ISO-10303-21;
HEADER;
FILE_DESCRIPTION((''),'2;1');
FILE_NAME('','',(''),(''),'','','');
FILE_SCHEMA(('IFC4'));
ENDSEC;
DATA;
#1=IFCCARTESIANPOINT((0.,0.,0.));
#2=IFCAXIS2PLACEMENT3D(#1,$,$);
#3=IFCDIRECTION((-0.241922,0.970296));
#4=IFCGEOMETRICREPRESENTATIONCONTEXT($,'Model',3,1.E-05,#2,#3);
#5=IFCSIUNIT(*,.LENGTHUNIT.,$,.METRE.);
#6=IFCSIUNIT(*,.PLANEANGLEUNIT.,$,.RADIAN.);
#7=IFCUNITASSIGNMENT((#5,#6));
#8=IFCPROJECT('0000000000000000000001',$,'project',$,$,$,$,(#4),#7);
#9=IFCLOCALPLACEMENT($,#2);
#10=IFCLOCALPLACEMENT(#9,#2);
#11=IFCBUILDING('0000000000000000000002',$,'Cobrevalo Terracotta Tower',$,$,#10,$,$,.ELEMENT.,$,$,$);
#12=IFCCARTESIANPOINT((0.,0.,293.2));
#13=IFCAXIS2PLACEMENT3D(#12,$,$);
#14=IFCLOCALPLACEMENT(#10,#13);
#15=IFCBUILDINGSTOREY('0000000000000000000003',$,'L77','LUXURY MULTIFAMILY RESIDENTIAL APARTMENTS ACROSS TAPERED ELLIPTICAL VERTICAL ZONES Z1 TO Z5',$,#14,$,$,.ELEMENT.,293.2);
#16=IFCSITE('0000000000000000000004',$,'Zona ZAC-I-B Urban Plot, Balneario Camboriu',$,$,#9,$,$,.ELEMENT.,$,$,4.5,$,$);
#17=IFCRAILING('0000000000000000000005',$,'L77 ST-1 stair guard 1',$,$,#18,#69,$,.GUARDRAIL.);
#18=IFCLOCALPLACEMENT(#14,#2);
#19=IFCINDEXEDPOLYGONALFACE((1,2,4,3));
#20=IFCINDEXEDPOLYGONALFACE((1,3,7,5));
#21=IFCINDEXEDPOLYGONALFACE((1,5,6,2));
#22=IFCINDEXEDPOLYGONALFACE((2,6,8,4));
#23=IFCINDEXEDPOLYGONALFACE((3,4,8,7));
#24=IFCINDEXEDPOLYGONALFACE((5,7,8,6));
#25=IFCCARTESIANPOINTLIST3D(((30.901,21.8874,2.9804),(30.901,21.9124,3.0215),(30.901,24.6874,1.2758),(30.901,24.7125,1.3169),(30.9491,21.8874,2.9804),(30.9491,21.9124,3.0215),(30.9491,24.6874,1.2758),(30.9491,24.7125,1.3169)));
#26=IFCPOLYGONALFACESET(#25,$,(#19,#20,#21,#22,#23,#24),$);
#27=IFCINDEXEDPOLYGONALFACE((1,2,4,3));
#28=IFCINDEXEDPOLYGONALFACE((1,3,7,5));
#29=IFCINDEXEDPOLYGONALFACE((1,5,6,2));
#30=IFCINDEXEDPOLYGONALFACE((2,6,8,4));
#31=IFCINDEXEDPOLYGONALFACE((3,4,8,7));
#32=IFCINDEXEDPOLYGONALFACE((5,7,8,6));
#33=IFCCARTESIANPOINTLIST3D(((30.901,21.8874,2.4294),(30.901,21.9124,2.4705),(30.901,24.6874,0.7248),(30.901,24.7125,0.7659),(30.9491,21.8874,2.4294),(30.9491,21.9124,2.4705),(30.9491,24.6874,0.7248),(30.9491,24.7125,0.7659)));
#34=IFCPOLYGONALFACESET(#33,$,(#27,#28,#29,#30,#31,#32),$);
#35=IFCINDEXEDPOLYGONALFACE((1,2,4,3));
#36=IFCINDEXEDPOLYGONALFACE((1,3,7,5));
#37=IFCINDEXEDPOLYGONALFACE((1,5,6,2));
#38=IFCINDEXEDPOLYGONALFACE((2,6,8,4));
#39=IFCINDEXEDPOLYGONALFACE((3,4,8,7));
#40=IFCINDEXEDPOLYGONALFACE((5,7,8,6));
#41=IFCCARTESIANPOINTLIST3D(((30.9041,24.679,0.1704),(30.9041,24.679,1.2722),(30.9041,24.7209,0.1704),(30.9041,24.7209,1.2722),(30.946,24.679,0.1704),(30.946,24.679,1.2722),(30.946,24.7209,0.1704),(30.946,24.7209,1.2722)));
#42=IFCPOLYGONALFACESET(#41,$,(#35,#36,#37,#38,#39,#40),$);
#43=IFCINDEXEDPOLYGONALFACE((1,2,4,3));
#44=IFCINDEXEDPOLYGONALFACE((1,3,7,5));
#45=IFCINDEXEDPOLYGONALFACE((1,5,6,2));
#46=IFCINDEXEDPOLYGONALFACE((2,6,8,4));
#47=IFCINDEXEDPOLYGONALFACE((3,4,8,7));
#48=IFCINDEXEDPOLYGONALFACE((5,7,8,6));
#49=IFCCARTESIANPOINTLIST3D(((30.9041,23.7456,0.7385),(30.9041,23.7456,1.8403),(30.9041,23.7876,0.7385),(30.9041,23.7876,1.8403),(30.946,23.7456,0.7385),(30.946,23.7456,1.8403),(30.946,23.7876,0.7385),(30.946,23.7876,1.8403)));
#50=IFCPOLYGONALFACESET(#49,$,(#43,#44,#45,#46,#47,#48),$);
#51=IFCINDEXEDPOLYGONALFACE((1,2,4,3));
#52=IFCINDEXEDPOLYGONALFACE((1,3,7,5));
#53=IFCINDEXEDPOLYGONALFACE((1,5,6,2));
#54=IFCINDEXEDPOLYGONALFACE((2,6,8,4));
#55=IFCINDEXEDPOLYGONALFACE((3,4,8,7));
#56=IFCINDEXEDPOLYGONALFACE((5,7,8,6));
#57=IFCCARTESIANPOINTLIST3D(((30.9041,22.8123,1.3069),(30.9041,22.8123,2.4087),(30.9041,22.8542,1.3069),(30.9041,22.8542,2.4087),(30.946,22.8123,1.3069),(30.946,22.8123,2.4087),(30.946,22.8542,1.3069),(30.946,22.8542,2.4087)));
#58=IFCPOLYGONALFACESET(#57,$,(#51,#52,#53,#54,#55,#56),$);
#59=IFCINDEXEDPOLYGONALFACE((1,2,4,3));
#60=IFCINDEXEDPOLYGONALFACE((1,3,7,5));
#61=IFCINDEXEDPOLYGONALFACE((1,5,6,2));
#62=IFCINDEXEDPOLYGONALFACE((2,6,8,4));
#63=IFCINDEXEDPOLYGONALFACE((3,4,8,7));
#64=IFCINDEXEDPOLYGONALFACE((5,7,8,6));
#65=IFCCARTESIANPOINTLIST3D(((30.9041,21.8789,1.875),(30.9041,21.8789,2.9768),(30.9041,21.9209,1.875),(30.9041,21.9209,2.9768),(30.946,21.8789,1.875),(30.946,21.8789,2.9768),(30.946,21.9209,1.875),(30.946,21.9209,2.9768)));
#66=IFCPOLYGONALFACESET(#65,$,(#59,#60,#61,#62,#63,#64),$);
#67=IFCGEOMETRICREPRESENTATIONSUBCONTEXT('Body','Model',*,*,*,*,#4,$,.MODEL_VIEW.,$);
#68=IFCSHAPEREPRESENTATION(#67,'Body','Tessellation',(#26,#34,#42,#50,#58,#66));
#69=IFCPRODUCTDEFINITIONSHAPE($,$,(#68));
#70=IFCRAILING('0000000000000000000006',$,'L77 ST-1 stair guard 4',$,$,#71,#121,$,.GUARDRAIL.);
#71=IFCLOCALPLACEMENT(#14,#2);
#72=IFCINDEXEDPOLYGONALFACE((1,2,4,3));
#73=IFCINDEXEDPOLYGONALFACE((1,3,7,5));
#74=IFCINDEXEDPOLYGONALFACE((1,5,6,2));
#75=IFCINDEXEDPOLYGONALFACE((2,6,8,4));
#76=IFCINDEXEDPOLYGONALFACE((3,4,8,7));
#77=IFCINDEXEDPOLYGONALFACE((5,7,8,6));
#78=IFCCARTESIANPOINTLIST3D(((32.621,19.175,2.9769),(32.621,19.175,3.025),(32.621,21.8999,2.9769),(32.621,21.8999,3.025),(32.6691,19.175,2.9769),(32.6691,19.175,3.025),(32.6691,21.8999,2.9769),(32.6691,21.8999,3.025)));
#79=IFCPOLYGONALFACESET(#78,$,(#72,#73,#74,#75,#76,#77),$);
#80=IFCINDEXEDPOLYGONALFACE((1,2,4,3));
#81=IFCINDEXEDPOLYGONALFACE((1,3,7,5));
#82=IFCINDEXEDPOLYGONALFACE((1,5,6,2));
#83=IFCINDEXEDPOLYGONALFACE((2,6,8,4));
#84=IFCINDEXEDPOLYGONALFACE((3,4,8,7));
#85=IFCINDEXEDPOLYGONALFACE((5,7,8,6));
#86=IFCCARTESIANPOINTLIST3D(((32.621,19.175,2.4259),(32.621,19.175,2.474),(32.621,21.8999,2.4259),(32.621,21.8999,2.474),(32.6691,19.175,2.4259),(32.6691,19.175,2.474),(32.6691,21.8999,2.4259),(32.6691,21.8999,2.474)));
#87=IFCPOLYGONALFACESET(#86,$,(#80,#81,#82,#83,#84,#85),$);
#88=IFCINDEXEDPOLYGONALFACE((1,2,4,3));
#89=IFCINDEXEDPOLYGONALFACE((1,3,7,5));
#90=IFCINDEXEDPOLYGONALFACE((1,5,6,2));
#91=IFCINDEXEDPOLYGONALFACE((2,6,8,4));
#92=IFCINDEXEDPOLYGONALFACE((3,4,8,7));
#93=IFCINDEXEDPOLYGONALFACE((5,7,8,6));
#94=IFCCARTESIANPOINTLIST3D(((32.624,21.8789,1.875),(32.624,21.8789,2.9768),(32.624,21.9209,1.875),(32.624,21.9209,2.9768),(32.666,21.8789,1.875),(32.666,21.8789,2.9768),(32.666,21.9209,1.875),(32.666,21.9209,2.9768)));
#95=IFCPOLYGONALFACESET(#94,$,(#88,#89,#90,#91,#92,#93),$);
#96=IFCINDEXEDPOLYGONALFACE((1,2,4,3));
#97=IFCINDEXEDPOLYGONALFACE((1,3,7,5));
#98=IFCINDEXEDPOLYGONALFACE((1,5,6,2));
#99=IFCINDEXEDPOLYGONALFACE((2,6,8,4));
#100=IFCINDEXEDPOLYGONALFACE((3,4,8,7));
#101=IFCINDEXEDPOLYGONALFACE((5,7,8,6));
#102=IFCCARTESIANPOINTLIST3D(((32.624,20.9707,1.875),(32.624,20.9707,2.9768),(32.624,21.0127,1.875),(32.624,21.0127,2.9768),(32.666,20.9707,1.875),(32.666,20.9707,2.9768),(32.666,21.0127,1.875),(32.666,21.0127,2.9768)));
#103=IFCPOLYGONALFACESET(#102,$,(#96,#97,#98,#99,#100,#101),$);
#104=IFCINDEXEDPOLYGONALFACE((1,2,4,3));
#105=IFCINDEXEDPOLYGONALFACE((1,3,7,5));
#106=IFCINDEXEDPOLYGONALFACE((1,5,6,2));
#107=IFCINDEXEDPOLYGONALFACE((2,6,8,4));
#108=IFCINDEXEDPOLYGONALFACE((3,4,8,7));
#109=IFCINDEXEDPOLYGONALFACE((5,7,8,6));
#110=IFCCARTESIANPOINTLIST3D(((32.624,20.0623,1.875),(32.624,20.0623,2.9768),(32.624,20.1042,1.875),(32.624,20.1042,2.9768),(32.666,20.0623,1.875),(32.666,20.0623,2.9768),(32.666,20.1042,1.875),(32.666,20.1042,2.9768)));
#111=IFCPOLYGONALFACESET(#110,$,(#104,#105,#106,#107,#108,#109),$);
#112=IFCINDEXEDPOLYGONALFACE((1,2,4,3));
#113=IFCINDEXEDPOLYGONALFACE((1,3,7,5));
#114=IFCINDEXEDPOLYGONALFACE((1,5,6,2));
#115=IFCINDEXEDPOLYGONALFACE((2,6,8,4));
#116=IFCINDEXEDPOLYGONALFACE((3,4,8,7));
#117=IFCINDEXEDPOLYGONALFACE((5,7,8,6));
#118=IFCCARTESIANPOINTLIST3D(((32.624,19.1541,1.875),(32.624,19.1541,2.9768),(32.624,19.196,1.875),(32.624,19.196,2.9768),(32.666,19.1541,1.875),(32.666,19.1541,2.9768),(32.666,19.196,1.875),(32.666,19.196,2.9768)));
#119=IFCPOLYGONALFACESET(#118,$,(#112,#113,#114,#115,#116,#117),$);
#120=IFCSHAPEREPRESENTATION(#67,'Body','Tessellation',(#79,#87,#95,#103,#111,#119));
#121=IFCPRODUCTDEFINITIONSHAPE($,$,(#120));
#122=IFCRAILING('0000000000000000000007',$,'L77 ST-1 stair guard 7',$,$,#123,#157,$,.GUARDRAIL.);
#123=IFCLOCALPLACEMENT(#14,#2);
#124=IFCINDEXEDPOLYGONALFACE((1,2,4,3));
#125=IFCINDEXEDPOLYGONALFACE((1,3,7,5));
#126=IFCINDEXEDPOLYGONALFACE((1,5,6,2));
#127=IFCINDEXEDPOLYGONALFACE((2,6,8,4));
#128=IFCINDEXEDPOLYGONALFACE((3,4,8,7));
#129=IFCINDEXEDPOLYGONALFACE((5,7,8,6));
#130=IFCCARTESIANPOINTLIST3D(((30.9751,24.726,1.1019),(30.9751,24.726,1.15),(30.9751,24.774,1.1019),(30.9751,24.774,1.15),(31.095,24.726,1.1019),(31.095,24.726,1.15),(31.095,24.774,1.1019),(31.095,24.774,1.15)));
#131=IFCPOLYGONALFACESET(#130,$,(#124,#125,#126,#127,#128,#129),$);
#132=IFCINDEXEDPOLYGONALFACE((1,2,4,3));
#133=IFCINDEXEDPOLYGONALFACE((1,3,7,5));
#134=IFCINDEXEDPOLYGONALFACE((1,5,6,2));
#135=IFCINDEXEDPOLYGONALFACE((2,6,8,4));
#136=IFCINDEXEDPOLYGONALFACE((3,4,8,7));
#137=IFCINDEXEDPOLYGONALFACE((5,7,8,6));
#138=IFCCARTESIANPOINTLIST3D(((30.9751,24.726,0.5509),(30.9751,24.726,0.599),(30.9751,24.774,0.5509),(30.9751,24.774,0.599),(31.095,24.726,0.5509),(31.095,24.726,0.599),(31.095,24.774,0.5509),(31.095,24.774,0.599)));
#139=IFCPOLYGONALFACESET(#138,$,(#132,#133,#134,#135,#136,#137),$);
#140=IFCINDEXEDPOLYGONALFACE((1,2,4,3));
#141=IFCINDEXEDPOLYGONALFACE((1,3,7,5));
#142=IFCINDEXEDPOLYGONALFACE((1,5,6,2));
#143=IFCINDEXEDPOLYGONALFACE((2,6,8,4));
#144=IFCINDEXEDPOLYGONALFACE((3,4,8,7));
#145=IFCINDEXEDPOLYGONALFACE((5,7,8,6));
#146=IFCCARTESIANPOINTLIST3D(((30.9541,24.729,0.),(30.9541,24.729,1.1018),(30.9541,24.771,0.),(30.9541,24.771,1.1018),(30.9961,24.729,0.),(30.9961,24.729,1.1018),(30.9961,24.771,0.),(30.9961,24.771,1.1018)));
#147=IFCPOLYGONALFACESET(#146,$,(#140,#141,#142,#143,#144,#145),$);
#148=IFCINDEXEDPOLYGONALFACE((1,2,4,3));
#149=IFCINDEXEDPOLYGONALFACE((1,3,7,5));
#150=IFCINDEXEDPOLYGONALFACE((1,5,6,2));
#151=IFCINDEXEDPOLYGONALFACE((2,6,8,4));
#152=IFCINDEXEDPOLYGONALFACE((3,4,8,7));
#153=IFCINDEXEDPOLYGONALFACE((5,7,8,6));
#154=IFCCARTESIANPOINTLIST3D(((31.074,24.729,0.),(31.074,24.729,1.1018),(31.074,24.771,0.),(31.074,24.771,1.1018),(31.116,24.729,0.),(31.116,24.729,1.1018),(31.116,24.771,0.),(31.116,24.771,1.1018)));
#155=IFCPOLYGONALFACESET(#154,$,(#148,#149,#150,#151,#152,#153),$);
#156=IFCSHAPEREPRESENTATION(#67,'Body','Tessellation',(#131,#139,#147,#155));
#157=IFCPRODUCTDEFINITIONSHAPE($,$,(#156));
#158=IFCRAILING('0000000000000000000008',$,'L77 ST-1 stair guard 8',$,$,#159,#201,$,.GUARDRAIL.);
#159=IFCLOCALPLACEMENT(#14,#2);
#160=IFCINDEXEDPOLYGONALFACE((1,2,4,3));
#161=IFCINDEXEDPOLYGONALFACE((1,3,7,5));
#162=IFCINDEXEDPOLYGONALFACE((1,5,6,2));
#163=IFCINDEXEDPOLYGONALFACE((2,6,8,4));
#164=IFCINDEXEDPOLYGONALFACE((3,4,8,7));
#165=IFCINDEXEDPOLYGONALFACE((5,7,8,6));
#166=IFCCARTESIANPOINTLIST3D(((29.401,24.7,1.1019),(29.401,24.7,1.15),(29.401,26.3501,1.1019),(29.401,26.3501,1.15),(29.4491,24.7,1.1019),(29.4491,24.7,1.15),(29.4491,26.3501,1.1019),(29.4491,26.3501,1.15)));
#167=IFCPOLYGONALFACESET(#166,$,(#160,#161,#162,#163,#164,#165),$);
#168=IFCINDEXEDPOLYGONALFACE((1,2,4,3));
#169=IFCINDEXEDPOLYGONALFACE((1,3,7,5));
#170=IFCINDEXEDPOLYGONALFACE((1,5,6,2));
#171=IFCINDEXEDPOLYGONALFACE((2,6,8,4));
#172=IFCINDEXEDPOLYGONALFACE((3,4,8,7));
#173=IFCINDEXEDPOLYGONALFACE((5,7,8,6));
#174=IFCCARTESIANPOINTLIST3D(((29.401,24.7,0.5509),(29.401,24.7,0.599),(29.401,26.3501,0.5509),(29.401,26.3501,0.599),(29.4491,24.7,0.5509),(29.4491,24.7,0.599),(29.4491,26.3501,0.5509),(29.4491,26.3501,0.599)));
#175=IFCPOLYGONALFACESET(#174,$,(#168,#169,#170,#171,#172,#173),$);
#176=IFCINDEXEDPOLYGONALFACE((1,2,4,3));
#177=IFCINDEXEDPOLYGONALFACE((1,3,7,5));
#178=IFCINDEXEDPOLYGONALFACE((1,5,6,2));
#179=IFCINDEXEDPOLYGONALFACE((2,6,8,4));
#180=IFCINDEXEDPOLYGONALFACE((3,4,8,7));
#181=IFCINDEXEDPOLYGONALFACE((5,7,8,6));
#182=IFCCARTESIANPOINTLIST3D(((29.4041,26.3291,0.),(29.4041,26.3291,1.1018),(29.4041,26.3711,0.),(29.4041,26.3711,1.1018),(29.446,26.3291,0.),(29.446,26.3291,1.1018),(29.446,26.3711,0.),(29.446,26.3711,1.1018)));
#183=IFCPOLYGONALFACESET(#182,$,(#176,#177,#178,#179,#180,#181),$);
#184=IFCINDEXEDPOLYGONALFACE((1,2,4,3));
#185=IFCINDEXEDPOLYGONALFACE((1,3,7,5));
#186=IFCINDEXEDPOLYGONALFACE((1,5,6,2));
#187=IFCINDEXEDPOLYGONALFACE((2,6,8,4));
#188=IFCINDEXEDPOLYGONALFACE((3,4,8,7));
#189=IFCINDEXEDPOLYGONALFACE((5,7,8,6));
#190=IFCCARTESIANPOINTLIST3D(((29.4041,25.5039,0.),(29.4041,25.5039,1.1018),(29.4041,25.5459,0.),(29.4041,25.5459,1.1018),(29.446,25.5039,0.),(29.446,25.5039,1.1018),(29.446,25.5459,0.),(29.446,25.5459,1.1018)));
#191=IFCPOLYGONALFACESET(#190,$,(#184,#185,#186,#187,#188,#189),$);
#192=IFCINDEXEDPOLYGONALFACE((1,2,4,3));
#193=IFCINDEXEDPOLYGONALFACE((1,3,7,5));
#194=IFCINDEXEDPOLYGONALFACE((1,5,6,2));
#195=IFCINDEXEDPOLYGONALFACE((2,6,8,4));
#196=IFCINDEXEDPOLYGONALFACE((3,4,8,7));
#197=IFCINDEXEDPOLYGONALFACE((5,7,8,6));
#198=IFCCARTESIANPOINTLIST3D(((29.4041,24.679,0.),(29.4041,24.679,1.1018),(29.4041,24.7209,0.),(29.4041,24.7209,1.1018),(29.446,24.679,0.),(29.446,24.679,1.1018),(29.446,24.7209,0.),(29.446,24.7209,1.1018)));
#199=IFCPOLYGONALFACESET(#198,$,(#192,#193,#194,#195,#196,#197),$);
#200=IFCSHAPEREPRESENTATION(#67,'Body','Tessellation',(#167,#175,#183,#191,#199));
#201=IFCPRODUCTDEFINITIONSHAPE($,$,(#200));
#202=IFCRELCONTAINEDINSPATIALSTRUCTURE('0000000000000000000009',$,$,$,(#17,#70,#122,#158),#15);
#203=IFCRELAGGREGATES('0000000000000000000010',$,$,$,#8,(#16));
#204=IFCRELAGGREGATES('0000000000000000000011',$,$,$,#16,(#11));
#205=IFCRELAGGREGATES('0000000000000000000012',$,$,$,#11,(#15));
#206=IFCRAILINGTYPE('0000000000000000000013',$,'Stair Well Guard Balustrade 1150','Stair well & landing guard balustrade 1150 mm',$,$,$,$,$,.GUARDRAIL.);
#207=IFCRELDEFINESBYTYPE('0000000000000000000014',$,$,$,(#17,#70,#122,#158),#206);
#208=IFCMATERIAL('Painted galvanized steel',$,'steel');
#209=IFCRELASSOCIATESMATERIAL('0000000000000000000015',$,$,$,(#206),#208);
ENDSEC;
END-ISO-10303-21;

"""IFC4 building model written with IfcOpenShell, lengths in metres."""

from ifc_helpers import new_model, si_unit, direction, frame, origin, origin_2d, place, context, subcontext, project, spatial, rectangle, extrude, material, type_object, element, save


model = new_model("IFC4")

# Units and contexts
model_context = context("Model", 3, precision=1e-05, world=origin(), true_north=direction((-0.241922, 0.970296)))
body_context = subcontext(model_context, "Body", "Model", "MODEL_VIEW")
ifc_project = project(units=[si_unit("LENGTHUNIT", "METRE"), si_unit("PLANEANGLEUNIT", "RADIAN")], contexts=[model_context])

# Site, building, storey
site_placement = place(None, origin())
site = spatial("IfcSite", under=ifc_project, at=site_placement, Name="Zona ZAC-I-B Urban Plot, Balneario Camboriu", CompositionType="ELEMENT", RefElevation=4.5)
building_placement = place(site_placement, origin())
building = spatial("IfcBuilding", under=site, at=building_placement, Name="Cobrevalo Terracotta Tower", CompositionType="ELEMENT")
storey_placement = place(building_placement, frame((0.0, 0.0, 293.2)))
storey = spatial("IfcBuildingStorey", under=building, at=storey_placement, Name="L77", Description="LUXURY MULTIFAMILY RESIDENTIAL APARTMENTS ACROSS TAPERED ELLIPTICAL VERTICAL ZONES Z1 TO Z5", CompositionType="ELEMENT", Elevation=293.2)

# Railings
ifc_material_1 = material(Name="Painted galvanized steel", Category="steel")
railing_type_1 = type_object("IfcRailingType", Name="Stair Well Guard Balustrade 1150", Description="Stair well & landing guard balustrade 1150 mm", PredefinedType="GUARDRAIL", material=ifc_material_1)
railing_1_placement = place(storey_placement, frame((30.925, 24.7, 0.1704)))
element("IfcRailing", 1, at=railing_1_placement, inside=storey, type_object=railing_type_1, Name="L77 ST-1 stair guard 1", PredefinedType="GUARDRAIL", context=body_context, shape_type="SweptSolid", body=[
    extrude(rectangle(XDim=0.0481, YDim=0.0481, at=origin_2d()), frame((0.0, 0.0, 1.126), z_axis=(0.0, -0.85417, 0.519994), x_axis=(1.0, 0.0, 0.0)), (0.0, 0.0, 1.0), 3.2781),
    extrude(rectangle(XDim=0.0481, YDim=0.0481, at=origin_2d()), frame((0.0, 0.0, 0.575), z_axis=(0.0, -0.85417, 0.519994), x_axis=(1.0, 0.0, 0.0)), (0.0, 0.0, 1.0), 3.2781),
    extrude(rectangle(XDim=0.042, YDim=0.042, at=origin_2d()), origin(), (0.0, 0.0, 1.0), 1.1018),
    extrude(rectangle(XDim=0.042, YDim=0.042, at=origin_2d()), frame((0.0, -0.9333, 0.5681)), (0.0, 0.0, 1.0), 1.1018),
    extrude(rectangle(XDim=0.042, YDim=0.042, at=origin_2d()), frame((0.0, -1.8667, 1.1365)), (0.0, 0.0, 1.0), 1.1018),
    extrude(rectangle(XDim=0.042, YDim=0.042, at=origin_2d()), frame((0.0, -2.8, 1.7046)), (0.0, 0.0, 1.0), 1.1018),
])
railing_2_placement = place(storey_placement, frame((32.645, 21.8999, 1.875)))
element("IfcRailing", 2, at=railing_2_placement, inside=storey, type_object=railing_type_1, Name="L77 ST-1 stair guard 4", PredefinedType="GUARDRAIL", context=body_context, shape_type="SweptSolid", body=[
    extrude(rectangle(XDim=0.0481, YDim=0.0481, at=origin_2d()), frame((0.0, 0.0, 1.126), z_axis=(0.0, -1.0, 0.0), x_axis=(1.0, 0.0, 0.0)), (0.0, 0.0, 1.0), 2.7249),
    extrude(rectangle(XDim=0.0481, YDim=0.0481, at=origin_2d()), frame((0.0, 0.0, 0.575), z_axis=(0.0, -1.0, 0.0), x_axis=(1.0, 0.0, 0.0)), (0.0, 0.0, 1.0), 2.7249),
    extrude(rectangle(XDim=0.042, YDim=0.042, at=origin_2d()), origin(), (0.0, 0.0, 1.0), 1.1018),
    extrude(rectangle(XDim=0.042, YDim=0.042, at=origin_2d()), frame((0.0, -0.9082, 0.0)), (0.0, 0.0, 1.0), 1.1018),
    extrude(rectangle(XDim=0.042, YDim=0.042, at=origin_2d()), frame((0.0, -1.8167, 0.0)), (0.0, 0.0, 1.0), 1.1018),
    extrude(rectangle(XDim=0.042, YDim=0.042, at=origin_2d()), frame((0.0, -2.7249, 0.0)), (0.0, 0.0, 1.0), 1.1018),
])
railing_3_placement = place(storey_placement, frame((30.9751, 24.75, 0.0)))
element("IfcRailing", 3, at=railing_3_placement, inside=storey, type_object=railing_type_1, Name="L77 ST-1 stair guard 7", PredefinedType="GUARDRAIL", context=body_context, shape_type="SweptSolid", body=[
    extrude(rectangle(XDim=0.0481, YDim=0.0481, at=origin_2d()), frame((0.0, 0.0, 1.126), z_axis=(1.0, 0.0, 0.0), x_axis=(0.0, 1.0, 0.0)), (0.0, 0.0, 1.0), 0.1199),
    extrude(rectangle(XDim=0.0481, YDim=0.0481, at=origin_2d()), frame((0.0, 0.0, 0.575), z_axis=(1.0, 0.0, 0.0), x_axis=(0.0, 1.0, 0.0)), (0.0, 0.0, 1.0), 0.1199),
    extrude(rectangle(XDim=0.042, YDim=0.042, at=origin_2d()), origin(), (0.0, 0.0, 1.0), 1.1018),
    extrude(rectangle(XDim=0.042, YDim=0.042, at=origin_2d()), frame((0.1199, 0.0, 0.0)), (0.0, 0.0, 1.0), 1.1018),
])
for number, where, name in (
    (4, (29.425, 26.3501, 0.0), "L77 ST-1 stair guard 8"),
):
    element("IfcRailing", number, at=place(storey_placement, frame(where)), inside=storey, type_object=railing_type_1, Name=name, PredefinedType="GUARDRAIL", context=body_context, shape_type="SweptSolid", body=[
        extrude(rectangle(XDim=0.0481, YDim=0.0481, at=origin_2d()), frame((0.0, 0.0, 1.126), z_axis=(0.0, -1.0, 0.0), x_axis=(1.0, 0.0, 0.0)), (0.0, 0.0, 1.0), 1.6501),
        extrude(rectangle(XDim=0.0481, YDim=0.0481, at=origin_2d()), frame((0.0, 0.0, 0.575), z_axis=(0.0, -1.0, 0.0), x_axis=(1.0, 0.0, 0.0)), (0.0, 0.0, 1.0), 1.6501),
        extrude(rectangle(XDim=0.042, YDim=0.042, at=origin_2d()), origin(), (0.0, 0.0, 1.0), 1.1018),
        extrude(rectangle(XDim=0.042, YDim=0.042, at=origin_2d()), frame((0.0, -0.8252, 0.0)), (0.0, 0.0, 1.0), 1.1018),
        extrude(rectangle(XDim=0.042, YDim=0.042, at=origin_2d()), frame((0.0, -1.6501, 0.0)), (0.0, 0.0, 1.0), 1.1018),
    ])

save(model, "model.ifc")
